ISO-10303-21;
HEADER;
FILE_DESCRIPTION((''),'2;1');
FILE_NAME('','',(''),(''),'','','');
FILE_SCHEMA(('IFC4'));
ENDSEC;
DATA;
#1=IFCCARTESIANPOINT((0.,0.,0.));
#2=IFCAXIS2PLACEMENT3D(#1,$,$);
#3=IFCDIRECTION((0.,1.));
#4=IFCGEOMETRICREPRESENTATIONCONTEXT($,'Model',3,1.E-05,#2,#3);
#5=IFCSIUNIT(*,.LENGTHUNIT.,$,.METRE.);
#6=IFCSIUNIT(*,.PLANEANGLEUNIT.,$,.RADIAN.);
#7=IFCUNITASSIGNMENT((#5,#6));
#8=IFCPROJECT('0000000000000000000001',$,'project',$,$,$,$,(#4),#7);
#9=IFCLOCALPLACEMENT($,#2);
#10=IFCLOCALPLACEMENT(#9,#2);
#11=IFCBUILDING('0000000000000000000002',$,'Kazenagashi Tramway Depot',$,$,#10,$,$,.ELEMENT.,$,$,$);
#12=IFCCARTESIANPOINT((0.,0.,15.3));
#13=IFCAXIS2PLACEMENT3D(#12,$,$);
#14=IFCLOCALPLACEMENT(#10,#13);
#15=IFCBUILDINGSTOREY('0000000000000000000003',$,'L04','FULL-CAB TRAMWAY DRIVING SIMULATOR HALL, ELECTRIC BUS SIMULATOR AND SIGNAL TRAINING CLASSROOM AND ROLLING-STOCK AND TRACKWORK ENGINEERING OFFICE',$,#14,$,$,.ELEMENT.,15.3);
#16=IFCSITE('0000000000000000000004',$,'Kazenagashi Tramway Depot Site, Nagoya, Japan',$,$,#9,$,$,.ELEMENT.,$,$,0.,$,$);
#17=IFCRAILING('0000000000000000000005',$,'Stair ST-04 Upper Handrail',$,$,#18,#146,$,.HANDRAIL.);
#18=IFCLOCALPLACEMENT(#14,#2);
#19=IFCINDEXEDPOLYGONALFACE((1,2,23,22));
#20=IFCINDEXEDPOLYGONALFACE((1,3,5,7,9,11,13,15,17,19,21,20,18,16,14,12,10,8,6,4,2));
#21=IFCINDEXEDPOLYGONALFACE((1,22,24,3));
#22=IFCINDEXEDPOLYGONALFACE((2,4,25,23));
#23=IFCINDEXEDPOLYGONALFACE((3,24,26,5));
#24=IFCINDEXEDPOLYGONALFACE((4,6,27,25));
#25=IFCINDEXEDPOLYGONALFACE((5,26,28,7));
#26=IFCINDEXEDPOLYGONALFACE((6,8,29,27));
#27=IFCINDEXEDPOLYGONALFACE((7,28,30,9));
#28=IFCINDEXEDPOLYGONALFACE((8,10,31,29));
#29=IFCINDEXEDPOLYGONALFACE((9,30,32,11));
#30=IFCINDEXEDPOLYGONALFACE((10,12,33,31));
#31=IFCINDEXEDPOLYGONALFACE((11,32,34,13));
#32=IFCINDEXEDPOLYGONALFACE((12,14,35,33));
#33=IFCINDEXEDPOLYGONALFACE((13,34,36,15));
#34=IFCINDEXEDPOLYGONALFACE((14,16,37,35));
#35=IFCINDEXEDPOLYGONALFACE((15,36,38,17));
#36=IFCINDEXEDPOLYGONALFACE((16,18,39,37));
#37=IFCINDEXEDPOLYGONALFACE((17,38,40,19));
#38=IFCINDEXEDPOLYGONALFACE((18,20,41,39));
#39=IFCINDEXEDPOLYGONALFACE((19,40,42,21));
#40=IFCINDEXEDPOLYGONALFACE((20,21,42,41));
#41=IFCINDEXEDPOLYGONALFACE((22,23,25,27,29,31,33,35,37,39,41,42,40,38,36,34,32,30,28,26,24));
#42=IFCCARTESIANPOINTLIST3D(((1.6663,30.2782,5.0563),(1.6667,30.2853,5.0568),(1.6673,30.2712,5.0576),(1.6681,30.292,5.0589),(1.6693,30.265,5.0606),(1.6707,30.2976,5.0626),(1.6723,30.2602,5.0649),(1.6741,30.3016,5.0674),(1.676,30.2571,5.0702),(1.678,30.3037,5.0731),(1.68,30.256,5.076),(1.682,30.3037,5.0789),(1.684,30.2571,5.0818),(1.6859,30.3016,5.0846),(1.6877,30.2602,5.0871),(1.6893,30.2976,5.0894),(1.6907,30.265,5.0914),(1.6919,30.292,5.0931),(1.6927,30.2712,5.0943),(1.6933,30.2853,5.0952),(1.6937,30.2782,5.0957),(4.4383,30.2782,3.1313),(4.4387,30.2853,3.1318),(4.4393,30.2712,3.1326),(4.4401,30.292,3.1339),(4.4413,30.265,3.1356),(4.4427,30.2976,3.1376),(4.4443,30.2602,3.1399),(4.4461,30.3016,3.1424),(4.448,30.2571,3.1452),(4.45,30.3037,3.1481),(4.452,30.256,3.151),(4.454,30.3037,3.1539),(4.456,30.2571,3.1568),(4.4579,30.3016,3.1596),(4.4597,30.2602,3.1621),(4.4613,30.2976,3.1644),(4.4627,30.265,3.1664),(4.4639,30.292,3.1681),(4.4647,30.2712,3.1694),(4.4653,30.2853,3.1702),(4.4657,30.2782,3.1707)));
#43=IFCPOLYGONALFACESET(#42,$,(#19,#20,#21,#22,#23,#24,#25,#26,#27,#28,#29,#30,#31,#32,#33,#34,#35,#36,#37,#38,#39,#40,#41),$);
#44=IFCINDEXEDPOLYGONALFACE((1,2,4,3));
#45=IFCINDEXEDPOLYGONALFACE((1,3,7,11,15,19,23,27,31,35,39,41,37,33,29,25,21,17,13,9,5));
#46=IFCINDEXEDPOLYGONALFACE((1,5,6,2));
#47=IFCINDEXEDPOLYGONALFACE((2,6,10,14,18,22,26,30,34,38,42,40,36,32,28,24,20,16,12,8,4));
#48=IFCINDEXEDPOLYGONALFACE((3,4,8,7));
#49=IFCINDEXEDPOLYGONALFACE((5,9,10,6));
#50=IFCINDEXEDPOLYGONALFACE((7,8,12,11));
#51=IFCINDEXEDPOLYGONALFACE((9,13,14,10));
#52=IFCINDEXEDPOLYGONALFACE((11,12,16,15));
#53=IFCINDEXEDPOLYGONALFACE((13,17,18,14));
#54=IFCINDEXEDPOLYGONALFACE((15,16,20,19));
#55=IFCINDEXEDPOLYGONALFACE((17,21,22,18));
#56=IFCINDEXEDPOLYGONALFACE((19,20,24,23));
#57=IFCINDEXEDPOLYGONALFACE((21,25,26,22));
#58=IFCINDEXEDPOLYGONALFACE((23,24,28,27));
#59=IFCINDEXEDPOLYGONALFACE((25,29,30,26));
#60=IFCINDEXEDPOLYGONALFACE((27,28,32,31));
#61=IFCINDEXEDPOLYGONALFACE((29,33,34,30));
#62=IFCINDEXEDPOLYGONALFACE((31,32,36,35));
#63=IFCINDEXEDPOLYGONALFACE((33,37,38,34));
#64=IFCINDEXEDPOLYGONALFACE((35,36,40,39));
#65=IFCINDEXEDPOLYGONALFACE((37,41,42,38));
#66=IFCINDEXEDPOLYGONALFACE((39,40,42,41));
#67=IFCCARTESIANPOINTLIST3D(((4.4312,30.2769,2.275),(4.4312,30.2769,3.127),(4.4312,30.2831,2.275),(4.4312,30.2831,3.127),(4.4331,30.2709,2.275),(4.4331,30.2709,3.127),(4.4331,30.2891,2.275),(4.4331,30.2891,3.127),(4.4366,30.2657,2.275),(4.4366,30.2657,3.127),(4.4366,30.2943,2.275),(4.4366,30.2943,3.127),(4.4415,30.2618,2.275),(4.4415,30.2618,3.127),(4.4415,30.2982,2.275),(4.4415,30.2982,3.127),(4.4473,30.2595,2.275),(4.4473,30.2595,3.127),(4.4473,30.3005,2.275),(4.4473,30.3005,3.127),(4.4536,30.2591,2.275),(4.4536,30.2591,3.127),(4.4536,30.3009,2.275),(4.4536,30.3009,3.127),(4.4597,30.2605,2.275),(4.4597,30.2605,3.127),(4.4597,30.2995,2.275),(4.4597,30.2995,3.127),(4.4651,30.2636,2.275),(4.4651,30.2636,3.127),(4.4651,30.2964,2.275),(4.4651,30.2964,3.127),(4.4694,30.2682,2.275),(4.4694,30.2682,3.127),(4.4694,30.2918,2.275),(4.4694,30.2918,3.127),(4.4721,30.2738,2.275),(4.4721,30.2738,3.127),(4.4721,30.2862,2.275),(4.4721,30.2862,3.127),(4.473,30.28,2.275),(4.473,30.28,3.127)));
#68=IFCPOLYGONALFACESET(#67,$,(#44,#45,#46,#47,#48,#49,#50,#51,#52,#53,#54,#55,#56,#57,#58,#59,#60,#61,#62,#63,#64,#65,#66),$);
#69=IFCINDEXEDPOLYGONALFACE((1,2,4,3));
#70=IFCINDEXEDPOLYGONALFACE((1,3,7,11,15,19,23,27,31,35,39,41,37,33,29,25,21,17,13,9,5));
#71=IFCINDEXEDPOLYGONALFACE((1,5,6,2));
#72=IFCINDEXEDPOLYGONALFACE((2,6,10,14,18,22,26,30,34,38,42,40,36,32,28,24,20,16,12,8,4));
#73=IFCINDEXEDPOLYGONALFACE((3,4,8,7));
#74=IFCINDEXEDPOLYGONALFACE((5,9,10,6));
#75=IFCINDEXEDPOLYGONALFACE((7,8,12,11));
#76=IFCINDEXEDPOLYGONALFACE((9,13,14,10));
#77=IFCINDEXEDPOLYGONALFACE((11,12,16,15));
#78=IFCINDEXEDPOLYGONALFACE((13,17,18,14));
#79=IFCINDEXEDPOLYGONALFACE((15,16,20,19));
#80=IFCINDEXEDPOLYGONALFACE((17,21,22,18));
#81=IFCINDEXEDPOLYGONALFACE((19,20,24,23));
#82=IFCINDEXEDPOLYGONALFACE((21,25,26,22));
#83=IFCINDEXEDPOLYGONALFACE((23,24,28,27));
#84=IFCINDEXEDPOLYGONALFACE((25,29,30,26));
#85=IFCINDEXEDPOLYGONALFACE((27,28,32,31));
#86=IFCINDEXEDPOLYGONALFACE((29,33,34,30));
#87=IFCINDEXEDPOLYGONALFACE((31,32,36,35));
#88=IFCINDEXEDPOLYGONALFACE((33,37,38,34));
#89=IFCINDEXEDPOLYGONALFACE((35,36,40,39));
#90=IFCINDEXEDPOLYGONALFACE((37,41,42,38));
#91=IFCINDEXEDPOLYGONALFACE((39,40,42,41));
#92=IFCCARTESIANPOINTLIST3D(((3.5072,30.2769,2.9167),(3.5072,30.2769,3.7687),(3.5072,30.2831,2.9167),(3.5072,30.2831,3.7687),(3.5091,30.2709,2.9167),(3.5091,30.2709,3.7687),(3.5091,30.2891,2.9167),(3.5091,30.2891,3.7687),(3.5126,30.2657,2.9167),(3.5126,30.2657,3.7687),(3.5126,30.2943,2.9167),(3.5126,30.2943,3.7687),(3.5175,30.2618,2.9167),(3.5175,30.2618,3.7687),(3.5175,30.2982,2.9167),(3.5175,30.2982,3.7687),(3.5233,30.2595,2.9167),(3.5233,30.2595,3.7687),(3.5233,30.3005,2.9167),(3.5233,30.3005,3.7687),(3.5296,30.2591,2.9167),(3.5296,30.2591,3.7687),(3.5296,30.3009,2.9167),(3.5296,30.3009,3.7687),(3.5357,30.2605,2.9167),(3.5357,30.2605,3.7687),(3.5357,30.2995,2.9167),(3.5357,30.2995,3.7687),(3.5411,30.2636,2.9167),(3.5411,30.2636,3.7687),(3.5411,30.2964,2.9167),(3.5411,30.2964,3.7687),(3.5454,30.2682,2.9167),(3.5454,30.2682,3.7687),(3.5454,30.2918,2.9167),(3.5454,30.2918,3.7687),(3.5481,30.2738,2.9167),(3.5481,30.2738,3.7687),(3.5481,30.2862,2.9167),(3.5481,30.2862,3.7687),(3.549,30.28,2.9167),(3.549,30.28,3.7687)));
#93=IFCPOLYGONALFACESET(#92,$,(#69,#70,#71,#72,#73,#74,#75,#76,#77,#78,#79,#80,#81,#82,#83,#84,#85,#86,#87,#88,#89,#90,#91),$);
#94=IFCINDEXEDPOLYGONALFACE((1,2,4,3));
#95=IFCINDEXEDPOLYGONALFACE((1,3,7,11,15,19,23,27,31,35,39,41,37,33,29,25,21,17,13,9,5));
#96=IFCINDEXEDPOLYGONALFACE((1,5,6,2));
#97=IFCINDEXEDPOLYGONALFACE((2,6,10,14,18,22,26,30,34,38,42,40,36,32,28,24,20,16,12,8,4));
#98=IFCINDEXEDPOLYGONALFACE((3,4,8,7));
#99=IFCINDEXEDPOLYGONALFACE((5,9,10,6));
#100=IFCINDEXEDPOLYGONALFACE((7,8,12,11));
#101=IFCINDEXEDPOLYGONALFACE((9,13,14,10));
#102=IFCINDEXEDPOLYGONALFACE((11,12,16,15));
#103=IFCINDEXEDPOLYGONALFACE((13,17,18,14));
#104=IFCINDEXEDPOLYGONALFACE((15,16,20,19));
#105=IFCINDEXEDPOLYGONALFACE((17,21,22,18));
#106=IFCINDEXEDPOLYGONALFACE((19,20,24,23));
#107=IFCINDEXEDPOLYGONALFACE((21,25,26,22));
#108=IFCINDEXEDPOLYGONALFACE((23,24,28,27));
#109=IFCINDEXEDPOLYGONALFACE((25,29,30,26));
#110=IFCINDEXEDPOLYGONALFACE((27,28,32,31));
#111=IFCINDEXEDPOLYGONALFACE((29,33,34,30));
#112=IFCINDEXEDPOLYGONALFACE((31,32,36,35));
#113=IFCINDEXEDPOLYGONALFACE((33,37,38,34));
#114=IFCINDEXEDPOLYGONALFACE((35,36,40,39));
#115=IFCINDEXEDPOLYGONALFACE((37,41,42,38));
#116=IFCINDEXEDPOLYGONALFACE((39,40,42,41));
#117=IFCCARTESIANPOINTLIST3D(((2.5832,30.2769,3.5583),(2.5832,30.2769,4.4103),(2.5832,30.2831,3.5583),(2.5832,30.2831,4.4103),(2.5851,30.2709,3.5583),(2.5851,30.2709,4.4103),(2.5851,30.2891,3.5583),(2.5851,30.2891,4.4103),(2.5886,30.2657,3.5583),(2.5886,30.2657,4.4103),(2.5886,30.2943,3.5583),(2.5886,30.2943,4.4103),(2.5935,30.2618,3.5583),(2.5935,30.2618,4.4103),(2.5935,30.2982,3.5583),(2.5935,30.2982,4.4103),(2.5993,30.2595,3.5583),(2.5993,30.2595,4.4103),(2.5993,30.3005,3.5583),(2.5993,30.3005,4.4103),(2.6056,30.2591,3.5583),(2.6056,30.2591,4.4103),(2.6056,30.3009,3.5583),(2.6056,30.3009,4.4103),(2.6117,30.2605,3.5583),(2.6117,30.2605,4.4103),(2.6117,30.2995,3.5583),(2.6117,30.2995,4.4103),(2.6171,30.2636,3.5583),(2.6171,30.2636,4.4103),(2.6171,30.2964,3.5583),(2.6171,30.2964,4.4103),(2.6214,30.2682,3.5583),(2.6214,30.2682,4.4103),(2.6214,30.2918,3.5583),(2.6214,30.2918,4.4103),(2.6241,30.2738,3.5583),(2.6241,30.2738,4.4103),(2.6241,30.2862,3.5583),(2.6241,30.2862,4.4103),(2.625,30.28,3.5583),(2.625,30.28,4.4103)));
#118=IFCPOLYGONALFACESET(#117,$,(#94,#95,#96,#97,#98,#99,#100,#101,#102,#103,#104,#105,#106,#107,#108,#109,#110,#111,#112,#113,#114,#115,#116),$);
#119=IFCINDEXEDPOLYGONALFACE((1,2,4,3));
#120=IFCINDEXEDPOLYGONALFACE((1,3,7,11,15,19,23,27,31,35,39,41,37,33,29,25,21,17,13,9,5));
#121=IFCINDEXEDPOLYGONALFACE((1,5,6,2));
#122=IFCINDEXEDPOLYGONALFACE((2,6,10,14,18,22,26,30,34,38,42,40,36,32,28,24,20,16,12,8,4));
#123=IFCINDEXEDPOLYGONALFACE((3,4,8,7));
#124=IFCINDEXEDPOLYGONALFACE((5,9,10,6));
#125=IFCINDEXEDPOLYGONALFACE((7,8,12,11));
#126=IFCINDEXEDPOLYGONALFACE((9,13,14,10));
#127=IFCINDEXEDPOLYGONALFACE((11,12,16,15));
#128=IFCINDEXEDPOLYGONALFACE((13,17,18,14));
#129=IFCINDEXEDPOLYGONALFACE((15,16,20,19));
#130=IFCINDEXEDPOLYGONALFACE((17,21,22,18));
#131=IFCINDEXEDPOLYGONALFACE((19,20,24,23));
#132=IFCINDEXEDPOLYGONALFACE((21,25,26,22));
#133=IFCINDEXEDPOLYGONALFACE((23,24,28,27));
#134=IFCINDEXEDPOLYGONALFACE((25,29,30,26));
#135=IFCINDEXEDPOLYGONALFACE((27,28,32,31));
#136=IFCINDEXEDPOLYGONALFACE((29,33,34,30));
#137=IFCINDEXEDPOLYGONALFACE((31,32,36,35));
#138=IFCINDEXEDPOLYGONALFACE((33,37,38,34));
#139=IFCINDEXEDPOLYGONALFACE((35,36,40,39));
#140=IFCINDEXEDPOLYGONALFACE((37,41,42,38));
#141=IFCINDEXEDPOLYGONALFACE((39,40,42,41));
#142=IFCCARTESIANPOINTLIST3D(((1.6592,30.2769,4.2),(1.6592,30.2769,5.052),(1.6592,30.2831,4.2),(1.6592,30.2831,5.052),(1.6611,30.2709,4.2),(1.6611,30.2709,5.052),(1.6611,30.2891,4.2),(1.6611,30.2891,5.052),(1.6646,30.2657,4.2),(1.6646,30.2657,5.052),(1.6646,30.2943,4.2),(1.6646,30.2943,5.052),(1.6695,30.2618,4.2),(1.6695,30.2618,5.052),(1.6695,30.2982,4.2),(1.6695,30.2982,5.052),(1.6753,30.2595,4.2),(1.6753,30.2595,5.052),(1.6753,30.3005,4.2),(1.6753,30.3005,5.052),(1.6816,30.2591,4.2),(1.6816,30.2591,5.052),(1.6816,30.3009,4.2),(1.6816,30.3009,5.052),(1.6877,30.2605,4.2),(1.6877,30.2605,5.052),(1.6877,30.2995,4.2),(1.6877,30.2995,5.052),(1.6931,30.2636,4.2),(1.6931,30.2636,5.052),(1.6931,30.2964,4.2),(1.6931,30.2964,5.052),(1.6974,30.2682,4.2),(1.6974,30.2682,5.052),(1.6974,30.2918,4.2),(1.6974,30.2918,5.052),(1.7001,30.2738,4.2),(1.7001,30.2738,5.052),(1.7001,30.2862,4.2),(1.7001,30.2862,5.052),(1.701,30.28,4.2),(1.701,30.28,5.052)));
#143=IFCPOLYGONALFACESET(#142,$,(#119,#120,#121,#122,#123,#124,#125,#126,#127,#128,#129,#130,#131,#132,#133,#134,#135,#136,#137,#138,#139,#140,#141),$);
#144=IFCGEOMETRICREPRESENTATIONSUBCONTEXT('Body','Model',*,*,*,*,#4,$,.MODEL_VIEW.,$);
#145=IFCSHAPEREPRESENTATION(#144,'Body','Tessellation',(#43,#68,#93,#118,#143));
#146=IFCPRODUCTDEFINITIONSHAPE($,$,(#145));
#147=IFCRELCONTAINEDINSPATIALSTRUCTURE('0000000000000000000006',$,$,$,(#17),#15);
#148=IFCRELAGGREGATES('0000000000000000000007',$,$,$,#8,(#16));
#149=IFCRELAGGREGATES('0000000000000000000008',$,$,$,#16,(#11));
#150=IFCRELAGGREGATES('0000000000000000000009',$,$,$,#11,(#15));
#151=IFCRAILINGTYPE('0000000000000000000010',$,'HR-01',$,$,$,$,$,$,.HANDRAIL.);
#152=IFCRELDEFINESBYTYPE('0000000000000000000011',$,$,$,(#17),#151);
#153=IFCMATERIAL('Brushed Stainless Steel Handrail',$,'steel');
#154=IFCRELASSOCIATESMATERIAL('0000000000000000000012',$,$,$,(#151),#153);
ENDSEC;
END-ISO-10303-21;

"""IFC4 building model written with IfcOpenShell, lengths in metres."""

from ifc_helpers import new_model, si_unit, direction, frame, origin, origin_2d, place, context, subcontext, project, spatial, circle, extrude, material, type_object, element, save


model = new_model("IFC4")

# Units and contexts
model_context = context("Model", 3, precision=1e-05, world=origin(), true_north=direction((0.0, 1.0)))
body_context = subcontext(model_context, "Body", "Model", "MODEL_VIEW")
ifc_project = project(units=[si_unit("LENGTHUNIT", "METRE"), si_unit("PLANEANGLEUNIT", "RADIAN")], contexts=[model_context])

# Site, building, storey
site_placement = place(None, origin())
site = spatial("IfcSite", under=ifc_project, at=site_placement, Name="Kazenagashi Tramway Depot Site, Nagoya, Japan", CompositionType="ELEMENT", RefElevation=0.0)
building_placement = place(site_placement, origin())
building = spatial("IfcBuilding", under=site, at=building_placement, Name="Kazenagashi Tramway Depot", CompositionType="ELEMENT")
storey_placement = place(building_placement, frame((0.0, 0.0, 15.3)))
storey = spatial("IfcBuildingStorey", under=building, at=storey_placement, Name="L04", Description="FULL-CAB TRAMWAY DRIVING SIMULATOR HALL, ELECTRIC BUS SIMULATOR AND SIGNAL TRAINING CLASSROOM AND ROLLING-STOCK AND TRACKWORK ENGINEERING OFFICE", CompositionType="ELEMENT", Elevation=15.3)

# Railing
ifc_material_1 = material(Name="Brushed Stainless Steel Handrail", Category="steel")
railing_type_1 = type_object("IfcRailingType", Name="HR-01", PredefinedType="HANDRAIL", material=ifc_material_1)
railing_1_placement = place(storey_placement, frame((4.452, 30.28, 2.275)))
element("IfcRailing", 1, at=railing_1_placement, inside=storey, type_object=railing_type_1, Name="Stair ST-04 Upper Handrail", PredefinedType="HANDRAIL", context=body_context, shape_type="SweptSolid", body=[
    extrude(circle(Radius=0.024, at=origin_2d()), frame((0.0, 0.0, 0.876), z_axis=(-0.82137, 0.0, 0.570396), x_axis=(0.0, -1.0, 0.0)), (0.0, 0.0, 1.0), 3.3748),
    extrude(circle(Radius=0.021, at=origin_2d()), origin(), (0.0, 0.0, 1.0), 0.852),
    extrude(circle(Radius=0.021, at=origin_2d()), frame((-0.924, 0.0, 0.6417)), (0.0, 0.0, 1.0), 0.852),
    extrude(circle(Radius=0.021, at=origin_2d()), frame((-1.848, 0.0, 1.2833)), (0.0, 0.0, 1.0), 0.852),
    extrude(circle(Radius=0.021, at=origin_2d()), frame((-2.772, 0.0, 1.925)), (0.0, 0.0, 1.0), 0.852),
])

save(model, "model.ifc")
